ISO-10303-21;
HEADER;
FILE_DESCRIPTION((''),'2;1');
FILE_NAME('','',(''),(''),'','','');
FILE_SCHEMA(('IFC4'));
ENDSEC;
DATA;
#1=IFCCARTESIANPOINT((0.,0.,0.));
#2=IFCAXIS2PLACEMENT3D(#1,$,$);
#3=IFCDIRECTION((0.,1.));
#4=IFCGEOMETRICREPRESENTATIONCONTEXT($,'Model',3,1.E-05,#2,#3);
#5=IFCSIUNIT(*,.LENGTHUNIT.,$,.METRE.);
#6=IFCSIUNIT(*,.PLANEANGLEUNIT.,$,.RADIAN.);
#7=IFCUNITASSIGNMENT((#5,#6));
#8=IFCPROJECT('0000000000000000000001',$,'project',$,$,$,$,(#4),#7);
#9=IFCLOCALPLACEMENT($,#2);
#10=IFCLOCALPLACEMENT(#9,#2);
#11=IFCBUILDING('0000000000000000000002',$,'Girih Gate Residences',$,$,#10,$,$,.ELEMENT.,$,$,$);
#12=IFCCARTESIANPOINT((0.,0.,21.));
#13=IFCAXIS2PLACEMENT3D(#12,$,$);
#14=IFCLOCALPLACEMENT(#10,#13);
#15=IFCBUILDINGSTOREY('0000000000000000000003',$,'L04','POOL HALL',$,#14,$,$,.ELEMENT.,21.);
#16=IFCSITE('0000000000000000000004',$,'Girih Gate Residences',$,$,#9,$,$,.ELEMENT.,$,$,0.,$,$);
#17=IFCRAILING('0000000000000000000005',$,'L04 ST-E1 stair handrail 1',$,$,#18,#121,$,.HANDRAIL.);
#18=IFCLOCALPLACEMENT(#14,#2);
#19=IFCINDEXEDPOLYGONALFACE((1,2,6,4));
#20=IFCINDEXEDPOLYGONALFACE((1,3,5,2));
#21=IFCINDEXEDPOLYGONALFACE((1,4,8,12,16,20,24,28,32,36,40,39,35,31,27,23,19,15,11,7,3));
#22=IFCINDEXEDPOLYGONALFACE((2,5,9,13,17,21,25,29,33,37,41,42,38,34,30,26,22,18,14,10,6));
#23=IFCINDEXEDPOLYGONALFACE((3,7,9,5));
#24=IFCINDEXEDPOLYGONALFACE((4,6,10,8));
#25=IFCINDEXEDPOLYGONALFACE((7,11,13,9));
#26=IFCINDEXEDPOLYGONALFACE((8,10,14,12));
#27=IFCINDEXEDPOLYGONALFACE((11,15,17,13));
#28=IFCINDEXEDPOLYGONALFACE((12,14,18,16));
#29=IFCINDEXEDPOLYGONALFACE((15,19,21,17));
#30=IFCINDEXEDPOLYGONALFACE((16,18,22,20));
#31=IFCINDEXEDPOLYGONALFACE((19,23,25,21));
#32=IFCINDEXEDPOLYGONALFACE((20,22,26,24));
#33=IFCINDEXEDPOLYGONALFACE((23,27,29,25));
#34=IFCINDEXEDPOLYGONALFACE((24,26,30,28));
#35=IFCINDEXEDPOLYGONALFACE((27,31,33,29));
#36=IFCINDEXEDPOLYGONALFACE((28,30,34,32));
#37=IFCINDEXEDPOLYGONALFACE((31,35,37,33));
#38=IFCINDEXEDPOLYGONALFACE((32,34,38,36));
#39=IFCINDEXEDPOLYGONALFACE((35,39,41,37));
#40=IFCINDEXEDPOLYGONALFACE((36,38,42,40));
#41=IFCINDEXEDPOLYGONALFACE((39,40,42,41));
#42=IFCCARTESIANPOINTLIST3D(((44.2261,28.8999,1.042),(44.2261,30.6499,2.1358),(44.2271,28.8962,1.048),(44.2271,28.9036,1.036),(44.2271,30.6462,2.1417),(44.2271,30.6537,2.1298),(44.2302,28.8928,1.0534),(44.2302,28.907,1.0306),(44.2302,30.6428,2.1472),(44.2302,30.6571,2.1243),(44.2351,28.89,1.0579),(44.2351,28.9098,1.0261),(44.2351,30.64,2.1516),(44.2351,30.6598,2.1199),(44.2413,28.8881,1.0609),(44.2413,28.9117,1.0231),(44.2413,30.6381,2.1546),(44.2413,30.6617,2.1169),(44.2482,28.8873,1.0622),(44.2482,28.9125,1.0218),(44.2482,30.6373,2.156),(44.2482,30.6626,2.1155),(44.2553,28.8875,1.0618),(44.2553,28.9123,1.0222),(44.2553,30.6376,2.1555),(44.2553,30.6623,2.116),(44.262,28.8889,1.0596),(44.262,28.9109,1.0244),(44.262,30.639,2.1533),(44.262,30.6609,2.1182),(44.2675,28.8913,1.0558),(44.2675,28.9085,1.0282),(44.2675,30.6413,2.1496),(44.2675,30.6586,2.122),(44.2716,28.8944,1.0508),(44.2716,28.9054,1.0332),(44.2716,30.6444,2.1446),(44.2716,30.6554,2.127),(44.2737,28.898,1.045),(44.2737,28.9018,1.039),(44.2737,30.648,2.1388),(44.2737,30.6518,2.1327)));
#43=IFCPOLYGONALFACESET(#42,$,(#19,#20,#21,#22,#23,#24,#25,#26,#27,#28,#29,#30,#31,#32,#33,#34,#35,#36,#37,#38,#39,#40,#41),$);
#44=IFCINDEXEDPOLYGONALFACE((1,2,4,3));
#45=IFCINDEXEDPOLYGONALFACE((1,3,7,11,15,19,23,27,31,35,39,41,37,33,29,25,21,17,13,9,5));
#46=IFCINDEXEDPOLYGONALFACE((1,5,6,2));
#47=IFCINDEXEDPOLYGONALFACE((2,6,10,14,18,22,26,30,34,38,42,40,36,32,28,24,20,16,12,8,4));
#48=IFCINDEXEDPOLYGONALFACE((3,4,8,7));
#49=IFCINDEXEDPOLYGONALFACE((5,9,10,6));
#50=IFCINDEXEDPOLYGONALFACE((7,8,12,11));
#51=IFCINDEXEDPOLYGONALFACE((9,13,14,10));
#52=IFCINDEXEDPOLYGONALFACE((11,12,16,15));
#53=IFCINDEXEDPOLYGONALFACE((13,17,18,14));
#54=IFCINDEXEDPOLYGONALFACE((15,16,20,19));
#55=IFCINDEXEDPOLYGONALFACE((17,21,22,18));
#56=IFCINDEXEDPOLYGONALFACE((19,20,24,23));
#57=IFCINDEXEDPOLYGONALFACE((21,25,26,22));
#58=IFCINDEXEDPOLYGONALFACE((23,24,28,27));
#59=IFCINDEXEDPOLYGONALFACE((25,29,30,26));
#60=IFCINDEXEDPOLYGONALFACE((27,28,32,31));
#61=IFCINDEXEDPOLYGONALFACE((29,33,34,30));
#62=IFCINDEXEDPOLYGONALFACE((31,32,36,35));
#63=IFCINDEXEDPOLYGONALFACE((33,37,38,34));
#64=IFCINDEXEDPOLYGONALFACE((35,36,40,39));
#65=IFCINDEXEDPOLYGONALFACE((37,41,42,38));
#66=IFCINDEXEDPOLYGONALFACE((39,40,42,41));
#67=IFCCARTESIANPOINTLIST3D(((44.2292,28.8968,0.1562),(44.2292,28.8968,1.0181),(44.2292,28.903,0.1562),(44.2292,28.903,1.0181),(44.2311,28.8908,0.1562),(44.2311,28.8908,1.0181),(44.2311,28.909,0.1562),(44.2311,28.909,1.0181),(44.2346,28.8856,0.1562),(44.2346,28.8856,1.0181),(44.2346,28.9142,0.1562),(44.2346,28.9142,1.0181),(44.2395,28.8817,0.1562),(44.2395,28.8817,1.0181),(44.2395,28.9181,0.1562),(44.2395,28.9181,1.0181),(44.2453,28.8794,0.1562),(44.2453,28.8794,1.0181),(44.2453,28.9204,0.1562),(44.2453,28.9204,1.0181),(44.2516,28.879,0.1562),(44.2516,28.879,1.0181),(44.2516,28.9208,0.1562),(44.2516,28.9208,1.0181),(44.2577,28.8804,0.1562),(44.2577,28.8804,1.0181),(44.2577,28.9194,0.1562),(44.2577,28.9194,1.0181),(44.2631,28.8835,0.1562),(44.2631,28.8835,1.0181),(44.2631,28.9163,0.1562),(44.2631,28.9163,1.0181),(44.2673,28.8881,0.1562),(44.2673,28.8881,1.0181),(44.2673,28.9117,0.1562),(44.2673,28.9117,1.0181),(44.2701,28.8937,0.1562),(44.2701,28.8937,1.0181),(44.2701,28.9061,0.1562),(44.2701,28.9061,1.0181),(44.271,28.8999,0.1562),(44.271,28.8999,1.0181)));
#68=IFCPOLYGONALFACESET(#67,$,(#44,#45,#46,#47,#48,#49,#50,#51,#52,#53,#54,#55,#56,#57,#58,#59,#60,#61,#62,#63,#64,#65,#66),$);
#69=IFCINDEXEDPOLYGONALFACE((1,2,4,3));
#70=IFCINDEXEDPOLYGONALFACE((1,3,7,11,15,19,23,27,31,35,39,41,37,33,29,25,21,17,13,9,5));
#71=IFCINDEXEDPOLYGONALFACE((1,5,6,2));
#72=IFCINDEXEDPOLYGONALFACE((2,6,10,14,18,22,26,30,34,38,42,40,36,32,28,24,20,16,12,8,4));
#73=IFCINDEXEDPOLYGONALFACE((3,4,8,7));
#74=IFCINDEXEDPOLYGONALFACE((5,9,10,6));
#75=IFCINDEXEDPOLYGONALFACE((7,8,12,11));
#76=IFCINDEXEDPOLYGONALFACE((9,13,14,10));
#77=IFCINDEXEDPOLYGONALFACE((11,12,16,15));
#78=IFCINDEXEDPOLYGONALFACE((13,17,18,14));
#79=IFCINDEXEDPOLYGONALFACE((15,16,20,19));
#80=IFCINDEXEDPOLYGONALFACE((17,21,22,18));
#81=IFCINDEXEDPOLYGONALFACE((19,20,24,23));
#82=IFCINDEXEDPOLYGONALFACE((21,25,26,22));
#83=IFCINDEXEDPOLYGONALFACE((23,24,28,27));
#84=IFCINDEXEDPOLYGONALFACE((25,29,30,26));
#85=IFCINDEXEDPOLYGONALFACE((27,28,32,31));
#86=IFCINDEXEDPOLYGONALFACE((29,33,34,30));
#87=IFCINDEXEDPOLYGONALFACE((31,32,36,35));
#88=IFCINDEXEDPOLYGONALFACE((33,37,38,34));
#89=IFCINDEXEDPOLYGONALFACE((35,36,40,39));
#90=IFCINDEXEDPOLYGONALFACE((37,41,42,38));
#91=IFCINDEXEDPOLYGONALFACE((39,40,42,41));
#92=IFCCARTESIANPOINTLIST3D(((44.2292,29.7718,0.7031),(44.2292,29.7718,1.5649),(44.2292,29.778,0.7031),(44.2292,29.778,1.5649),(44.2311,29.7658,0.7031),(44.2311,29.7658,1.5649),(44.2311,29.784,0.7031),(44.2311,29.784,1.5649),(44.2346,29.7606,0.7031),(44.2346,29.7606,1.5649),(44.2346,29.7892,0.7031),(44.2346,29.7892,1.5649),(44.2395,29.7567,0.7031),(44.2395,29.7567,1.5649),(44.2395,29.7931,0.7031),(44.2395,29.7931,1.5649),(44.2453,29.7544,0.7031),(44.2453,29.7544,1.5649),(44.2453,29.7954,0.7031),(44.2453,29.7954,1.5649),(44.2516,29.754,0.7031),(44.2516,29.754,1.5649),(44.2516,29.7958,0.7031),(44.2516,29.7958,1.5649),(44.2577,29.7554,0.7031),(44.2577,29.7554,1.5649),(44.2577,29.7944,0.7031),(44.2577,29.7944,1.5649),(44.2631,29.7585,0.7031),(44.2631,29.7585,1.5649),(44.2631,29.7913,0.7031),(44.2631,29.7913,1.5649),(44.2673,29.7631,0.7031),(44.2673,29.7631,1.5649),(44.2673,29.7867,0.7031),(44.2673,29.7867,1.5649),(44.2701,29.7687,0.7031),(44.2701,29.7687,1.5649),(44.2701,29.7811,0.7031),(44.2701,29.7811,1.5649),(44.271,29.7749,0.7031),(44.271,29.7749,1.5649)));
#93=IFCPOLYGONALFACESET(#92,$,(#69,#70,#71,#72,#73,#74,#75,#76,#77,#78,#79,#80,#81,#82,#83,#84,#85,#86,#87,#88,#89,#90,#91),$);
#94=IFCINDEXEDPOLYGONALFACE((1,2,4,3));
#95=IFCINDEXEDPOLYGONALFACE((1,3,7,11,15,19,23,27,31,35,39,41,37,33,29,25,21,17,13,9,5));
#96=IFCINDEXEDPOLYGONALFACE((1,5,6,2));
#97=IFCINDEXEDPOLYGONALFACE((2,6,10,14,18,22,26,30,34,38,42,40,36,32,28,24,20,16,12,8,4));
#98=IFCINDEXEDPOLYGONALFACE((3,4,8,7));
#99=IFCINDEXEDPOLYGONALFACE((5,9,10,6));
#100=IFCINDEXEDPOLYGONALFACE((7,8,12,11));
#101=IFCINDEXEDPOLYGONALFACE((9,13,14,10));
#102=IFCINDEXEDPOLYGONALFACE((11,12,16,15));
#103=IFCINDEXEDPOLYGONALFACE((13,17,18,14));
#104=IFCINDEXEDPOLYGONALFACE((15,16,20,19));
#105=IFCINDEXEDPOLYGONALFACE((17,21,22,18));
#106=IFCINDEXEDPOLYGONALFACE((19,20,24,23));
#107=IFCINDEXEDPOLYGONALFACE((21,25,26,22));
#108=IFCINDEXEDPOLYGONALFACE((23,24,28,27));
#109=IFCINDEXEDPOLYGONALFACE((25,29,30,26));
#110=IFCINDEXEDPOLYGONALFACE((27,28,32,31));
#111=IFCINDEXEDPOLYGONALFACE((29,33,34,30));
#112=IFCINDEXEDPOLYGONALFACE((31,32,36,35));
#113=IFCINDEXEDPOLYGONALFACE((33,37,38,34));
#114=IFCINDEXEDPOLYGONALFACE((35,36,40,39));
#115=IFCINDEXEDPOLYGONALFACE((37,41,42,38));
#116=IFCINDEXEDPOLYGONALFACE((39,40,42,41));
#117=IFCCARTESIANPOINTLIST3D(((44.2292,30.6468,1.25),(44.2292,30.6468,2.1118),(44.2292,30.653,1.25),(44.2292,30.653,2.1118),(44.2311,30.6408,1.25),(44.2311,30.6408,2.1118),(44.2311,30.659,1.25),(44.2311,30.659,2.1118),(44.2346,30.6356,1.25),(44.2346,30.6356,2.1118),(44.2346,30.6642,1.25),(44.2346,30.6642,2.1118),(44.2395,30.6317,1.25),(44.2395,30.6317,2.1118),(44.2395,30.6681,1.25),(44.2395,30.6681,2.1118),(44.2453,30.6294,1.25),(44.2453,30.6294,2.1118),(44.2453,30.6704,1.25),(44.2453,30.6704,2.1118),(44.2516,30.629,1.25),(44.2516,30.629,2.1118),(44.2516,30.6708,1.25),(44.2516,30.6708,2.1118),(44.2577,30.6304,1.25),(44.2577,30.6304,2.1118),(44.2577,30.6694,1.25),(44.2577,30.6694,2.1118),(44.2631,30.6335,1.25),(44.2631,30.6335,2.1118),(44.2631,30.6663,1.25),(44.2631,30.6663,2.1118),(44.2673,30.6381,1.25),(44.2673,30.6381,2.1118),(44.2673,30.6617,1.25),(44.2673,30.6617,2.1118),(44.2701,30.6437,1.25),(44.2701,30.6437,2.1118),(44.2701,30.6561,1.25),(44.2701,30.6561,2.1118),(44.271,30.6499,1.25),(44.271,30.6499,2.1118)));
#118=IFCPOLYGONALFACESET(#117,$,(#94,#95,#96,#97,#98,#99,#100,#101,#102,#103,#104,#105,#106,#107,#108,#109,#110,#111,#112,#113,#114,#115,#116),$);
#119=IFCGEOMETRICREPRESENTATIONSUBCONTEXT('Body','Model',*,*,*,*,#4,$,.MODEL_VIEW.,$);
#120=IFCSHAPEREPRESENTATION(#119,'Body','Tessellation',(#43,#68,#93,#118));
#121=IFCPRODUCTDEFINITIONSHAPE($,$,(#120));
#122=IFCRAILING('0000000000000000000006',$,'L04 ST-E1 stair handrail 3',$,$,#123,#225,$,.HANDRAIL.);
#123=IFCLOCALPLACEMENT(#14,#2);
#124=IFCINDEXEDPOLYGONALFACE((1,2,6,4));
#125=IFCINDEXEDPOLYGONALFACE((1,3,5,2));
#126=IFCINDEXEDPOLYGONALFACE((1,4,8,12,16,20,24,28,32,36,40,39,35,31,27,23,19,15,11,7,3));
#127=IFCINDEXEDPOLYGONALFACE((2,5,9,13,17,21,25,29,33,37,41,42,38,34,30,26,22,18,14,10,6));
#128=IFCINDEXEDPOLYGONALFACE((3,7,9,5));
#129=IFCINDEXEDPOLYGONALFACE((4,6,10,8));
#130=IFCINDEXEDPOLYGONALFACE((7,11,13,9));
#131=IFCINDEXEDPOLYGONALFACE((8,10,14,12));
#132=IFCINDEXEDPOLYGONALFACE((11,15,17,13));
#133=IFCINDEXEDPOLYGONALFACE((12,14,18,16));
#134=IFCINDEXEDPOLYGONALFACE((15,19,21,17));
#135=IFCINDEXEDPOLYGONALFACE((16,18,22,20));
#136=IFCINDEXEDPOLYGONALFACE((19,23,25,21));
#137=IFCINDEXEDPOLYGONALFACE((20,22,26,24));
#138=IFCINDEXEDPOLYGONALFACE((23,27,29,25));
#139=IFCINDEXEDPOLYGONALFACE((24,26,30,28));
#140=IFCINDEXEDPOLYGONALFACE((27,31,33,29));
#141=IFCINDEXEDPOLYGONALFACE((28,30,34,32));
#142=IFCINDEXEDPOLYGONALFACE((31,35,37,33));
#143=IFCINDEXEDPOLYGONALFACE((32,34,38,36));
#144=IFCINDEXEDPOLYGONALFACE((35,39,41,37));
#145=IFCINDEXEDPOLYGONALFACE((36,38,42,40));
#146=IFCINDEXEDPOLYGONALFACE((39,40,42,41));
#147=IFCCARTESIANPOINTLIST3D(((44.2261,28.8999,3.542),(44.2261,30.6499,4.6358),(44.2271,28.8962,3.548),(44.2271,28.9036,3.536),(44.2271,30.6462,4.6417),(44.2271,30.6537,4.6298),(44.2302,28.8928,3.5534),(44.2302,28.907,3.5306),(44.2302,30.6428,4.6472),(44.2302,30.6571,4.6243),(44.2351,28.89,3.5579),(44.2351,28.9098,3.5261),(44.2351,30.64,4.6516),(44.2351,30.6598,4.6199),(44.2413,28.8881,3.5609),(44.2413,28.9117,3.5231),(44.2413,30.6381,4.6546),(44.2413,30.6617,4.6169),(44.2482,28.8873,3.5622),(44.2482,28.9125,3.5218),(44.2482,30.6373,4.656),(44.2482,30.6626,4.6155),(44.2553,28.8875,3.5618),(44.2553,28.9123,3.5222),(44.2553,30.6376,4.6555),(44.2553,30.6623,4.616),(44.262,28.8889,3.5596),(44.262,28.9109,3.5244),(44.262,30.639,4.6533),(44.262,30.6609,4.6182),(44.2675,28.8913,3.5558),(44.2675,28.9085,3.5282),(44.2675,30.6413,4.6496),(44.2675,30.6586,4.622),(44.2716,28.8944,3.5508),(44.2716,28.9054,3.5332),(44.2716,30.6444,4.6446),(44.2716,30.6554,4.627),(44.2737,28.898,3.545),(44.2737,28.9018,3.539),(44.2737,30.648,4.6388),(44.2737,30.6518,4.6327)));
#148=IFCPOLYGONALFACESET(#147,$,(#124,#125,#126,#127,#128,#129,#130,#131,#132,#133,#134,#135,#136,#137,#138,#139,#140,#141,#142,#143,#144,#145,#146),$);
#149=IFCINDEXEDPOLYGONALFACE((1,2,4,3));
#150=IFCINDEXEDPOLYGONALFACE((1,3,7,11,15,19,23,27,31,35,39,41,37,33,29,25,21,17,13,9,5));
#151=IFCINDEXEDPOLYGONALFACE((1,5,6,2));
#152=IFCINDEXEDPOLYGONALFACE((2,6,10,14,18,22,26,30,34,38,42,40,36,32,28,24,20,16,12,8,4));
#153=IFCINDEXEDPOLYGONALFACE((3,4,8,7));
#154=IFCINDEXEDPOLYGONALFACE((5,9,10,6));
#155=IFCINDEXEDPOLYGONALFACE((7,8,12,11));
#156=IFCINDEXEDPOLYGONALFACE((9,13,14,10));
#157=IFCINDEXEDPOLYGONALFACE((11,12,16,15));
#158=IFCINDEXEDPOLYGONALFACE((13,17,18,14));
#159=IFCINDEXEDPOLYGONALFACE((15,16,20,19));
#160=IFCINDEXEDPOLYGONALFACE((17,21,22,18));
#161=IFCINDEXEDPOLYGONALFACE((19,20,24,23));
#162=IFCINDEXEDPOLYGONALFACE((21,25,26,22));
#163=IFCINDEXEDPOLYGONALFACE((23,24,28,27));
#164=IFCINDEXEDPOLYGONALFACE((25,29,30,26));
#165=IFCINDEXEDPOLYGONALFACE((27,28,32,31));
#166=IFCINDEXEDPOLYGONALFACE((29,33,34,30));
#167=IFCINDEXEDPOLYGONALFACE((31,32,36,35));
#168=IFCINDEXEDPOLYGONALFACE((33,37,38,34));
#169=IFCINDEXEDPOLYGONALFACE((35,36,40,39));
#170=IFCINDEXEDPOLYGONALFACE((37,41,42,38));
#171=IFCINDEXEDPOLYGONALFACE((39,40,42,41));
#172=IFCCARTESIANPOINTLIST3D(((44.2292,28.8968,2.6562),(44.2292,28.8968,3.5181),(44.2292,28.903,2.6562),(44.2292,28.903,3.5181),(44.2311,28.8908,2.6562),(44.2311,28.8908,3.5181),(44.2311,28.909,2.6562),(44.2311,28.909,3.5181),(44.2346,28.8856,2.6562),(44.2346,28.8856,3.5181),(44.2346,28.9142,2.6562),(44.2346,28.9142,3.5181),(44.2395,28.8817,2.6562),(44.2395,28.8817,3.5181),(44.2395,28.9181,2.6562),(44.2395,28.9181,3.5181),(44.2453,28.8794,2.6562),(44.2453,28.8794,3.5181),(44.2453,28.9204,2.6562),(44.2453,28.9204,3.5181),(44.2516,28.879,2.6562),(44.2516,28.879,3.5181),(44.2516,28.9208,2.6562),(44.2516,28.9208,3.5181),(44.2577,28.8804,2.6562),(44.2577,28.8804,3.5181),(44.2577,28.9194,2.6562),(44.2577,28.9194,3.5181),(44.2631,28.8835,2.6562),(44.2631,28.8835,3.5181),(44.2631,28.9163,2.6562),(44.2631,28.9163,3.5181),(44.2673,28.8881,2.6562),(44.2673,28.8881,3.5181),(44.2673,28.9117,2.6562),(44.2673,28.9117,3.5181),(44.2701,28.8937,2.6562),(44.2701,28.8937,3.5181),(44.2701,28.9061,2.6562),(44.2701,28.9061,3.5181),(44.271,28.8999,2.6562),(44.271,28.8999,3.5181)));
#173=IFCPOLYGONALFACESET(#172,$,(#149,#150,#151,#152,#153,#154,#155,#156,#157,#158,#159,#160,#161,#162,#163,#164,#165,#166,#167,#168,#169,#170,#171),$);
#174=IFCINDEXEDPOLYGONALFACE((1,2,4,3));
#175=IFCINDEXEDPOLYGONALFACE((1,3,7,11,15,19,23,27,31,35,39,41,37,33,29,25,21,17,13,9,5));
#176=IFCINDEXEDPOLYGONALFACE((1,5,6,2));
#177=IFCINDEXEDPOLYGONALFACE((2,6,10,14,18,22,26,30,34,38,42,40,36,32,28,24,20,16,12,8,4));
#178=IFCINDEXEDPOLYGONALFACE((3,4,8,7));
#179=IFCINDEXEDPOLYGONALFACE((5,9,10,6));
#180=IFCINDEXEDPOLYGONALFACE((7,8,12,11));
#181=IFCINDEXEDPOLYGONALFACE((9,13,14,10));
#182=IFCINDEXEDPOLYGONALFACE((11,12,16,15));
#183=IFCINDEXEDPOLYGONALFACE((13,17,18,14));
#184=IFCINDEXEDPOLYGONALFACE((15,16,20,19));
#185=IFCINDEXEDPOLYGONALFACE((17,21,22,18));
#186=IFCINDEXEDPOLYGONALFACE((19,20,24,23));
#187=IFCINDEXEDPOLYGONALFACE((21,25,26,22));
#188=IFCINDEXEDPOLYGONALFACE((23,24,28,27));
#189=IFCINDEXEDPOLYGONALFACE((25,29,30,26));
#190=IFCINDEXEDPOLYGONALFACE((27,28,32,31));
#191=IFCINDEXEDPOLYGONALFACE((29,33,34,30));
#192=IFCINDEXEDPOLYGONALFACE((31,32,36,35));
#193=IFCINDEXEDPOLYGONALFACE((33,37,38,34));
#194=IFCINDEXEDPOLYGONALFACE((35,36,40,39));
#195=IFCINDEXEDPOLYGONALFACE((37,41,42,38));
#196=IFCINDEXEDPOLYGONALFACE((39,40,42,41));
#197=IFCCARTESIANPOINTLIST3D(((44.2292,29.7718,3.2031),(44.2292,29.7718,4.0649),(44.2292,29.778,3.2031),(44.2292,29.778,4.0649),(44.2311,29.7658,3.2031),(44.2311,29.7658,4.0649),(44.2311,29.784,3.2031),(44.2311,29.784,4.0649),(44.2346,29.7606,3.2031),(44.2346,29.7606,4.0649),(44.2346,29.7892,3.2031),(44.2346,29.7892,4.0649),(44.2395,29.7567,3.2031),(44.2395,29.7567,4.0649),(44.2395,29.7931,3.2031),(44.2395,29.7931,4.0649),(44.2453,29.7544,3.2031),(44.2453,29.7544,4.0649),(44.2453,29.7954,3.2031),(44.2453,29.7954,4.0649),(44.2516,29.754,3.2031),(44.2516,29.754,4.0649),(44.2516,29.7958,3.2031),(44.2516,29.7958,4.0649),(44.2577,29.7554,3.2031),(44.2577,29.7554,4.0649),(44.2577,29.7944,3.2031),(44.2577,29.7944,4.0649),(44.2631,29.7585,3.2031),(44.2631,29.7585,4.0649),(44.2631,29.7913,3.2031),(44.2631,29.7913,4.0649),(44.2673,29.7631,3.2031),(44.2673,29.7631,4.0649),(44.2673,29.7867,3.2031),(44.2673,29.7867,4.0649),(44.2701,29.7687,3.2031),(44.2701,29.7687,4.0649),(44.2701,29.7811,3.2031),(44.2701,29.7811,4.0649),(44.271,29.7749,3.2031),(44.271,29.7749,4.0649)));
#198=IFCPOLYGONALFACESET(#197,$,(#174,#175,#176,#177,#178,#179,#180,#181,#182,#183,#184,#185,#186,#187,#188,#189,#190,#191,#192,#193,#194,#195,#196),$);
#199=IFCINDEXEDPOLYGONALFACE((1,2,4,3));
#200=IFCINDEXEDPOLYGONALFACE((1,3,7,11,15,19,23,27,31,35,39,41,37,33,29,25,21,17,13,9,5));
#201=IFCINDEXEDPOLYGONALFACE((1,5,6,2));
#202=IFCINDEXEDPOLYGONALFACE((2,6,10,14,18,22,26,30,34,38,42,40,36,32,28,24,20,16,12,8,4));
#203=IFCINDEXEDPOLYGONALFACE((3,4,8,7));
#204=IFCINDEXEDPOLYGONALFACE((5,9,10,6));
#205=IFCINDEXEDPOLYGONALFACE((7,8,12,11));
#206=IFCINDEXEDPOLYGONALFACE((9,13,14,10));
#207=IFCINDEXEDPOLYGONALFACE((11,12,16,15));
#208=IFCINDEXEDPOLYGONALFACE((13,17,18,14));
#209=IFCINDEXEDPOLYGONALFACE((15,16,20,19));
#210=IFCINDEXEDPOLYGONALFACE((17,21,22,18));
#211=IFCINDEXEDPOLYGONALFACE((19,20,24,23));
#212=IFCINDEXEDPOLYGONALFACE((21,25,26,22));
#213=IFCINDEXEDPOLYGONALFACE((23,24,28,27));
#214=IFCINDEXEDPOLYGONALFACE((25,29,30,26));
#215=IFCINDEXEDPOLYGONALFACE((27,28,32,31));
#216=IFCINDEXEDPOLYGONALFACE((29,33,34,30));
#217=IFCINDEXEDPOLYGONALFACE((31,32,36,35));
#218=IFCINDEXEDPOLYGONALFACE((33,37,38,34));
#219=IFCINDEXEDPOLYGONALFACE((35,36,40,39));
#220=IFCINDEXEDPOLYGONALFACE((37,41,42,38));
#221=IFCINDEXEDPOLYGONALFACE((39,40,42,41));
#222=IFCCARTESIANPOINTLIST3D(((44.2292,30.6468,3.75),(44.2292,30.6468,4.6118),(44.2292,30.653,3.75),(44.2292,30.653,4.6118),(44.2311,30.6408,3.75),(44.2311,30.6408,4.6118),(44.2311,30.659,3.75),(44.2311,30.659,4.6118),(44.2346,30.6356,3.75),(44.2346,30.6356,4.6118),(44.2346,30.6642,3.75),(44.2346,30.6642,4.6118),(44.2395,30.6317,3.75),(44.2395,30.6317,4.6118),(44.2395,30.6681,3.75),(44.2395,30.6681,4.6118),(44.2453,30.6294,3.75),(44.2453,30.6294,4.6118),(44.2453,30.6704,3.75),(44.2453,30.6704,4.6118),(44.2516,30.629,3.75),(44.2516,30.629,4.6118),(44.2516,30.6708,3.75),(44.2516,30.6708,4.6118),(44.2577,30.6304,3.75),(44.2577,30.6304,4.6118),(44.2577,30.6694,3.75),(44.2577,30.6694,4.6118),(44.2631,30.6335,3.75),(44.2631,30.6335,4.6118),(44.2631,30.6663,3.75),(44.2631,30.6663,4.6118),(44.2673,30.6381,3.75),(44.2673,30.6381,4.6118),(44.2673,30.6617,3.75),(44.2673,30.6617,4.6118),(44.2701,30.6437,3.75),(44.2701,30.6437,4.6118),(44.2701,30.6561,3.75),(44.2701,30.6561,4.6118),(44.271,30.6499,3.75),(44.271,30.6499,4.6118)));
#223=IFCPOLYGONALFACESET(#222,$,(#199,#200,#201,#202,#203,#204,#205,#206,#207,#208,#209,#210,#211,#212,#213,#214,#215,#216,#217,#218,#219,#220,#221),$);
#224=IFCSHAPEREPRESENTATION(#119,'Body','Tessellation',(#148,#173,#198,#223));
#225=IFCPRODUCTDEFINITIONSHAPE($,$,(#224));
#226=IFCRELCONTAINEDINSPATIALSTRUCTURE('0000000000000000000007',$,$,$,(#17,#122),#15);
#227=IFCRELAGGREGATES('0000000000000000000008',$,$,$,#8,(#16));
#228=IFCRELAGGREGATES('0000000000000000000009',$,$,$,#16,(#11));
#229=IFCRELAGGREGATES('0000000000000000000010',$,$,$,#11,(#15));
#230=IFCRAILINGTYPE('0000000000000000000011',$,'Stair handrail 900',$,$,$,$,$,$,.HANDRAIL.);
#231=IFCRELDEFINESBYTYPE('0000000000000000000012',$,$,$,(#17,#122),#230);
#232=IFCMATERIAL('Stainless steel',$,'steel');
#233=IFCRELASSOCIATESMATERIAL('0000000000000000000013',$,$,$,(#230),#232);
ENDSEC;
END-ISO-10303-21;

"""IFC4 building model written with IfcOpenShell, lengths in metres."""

from ifc_helpers import new_model, si_unit, direction, frame, origin, origin_2d, place, context, subcontext, project, spatial, circle, extrude, material, type_object, element, save


model = new_model("IFC4")

# Units and contexts
model_context = context("Model", 3, precision=1e-05, world=origin(), true_north=direction((0.0, 1.0)))
body_context = subcontext(model_context, "Body", "Model", "MODEL_VIEW")
ifc_project = project(units=[si_unit("LENGTHUNIT", "METRE"), si_unit("PLANEANGLEUNIT", "RADIAN")], contexts=[model_context])

# Site, building, storey
site_placement = place(None, origin())
site = spatial("IfcSite", under=ifc_project, at=site_placement, Name="Girih Gate Residences", CompositionType="ELEMENT", RefElevation=0.0)
building_placement = place(site_placement, origin())
building = spatial("IfcBuilding", under=site, at=building_placement, Name="Girih Gate Residences", CompositionType="ELEMENT")
storey_placement = place(building_placement, frame((0.0, 0.0, 21.0)))
storey = spatial("IfcBuildingStorey", under=building, at=storey_placement, Name="L04", Description="POOL HALL", CompositionType="ELEMENT", Elevation=21.0)

# Railings
ifc_material_1 = material(Name="Stainless steel", Category="steel")
railing_type_1 = type_object("IfcRailingType", Name="Stair handrail 900", PredefinedType="HANDRAIL", material=ifc_material_1)
for number, where, name in (
    (1, (44.25, 28.8999, 0.1562), "L04 ST-E1 stair handrail 1"),
    (2, (44.25, 28.8999, 2.6562), "L04 ST-E1 stair handrail 3"),
):
    element("IfcRailing", number, at=place(storey_placement, frame(where)), inside=storey, type_object=railing_type_1, Name=name, PredefinedType="HANDRAIL", context=body_context, shape_type="SweptSolid", body=[
        extrude(circle(Radius=0.0239, at=origin_2d()), frame((0.0, 0.0, 0.8857), z_axis=(0.0, 0.847998, 0.529999), x_axis=(-1.0, 0.0, 0.0)), (0.0, 0.0, 1.0), 2.0637),
        extrude(circle(Radius=0.021, at=origin_2d()), origin(), (0.0, 0.0, 1.0), 0.8618),
        extrude(circle(Radius=0.021, at=origin_2d()), frame((0.0, 0.875, 0.5469)), (0.0, 0.0, 1.0), 0.8618),
        extrude(circle(Radius=0.021, at=origin_2d()), frame((0.0, 1.75, 1.0938)), (0.0, 0.0, 1.0), 0.8618),
    ])

save(model, "model.ifc")
